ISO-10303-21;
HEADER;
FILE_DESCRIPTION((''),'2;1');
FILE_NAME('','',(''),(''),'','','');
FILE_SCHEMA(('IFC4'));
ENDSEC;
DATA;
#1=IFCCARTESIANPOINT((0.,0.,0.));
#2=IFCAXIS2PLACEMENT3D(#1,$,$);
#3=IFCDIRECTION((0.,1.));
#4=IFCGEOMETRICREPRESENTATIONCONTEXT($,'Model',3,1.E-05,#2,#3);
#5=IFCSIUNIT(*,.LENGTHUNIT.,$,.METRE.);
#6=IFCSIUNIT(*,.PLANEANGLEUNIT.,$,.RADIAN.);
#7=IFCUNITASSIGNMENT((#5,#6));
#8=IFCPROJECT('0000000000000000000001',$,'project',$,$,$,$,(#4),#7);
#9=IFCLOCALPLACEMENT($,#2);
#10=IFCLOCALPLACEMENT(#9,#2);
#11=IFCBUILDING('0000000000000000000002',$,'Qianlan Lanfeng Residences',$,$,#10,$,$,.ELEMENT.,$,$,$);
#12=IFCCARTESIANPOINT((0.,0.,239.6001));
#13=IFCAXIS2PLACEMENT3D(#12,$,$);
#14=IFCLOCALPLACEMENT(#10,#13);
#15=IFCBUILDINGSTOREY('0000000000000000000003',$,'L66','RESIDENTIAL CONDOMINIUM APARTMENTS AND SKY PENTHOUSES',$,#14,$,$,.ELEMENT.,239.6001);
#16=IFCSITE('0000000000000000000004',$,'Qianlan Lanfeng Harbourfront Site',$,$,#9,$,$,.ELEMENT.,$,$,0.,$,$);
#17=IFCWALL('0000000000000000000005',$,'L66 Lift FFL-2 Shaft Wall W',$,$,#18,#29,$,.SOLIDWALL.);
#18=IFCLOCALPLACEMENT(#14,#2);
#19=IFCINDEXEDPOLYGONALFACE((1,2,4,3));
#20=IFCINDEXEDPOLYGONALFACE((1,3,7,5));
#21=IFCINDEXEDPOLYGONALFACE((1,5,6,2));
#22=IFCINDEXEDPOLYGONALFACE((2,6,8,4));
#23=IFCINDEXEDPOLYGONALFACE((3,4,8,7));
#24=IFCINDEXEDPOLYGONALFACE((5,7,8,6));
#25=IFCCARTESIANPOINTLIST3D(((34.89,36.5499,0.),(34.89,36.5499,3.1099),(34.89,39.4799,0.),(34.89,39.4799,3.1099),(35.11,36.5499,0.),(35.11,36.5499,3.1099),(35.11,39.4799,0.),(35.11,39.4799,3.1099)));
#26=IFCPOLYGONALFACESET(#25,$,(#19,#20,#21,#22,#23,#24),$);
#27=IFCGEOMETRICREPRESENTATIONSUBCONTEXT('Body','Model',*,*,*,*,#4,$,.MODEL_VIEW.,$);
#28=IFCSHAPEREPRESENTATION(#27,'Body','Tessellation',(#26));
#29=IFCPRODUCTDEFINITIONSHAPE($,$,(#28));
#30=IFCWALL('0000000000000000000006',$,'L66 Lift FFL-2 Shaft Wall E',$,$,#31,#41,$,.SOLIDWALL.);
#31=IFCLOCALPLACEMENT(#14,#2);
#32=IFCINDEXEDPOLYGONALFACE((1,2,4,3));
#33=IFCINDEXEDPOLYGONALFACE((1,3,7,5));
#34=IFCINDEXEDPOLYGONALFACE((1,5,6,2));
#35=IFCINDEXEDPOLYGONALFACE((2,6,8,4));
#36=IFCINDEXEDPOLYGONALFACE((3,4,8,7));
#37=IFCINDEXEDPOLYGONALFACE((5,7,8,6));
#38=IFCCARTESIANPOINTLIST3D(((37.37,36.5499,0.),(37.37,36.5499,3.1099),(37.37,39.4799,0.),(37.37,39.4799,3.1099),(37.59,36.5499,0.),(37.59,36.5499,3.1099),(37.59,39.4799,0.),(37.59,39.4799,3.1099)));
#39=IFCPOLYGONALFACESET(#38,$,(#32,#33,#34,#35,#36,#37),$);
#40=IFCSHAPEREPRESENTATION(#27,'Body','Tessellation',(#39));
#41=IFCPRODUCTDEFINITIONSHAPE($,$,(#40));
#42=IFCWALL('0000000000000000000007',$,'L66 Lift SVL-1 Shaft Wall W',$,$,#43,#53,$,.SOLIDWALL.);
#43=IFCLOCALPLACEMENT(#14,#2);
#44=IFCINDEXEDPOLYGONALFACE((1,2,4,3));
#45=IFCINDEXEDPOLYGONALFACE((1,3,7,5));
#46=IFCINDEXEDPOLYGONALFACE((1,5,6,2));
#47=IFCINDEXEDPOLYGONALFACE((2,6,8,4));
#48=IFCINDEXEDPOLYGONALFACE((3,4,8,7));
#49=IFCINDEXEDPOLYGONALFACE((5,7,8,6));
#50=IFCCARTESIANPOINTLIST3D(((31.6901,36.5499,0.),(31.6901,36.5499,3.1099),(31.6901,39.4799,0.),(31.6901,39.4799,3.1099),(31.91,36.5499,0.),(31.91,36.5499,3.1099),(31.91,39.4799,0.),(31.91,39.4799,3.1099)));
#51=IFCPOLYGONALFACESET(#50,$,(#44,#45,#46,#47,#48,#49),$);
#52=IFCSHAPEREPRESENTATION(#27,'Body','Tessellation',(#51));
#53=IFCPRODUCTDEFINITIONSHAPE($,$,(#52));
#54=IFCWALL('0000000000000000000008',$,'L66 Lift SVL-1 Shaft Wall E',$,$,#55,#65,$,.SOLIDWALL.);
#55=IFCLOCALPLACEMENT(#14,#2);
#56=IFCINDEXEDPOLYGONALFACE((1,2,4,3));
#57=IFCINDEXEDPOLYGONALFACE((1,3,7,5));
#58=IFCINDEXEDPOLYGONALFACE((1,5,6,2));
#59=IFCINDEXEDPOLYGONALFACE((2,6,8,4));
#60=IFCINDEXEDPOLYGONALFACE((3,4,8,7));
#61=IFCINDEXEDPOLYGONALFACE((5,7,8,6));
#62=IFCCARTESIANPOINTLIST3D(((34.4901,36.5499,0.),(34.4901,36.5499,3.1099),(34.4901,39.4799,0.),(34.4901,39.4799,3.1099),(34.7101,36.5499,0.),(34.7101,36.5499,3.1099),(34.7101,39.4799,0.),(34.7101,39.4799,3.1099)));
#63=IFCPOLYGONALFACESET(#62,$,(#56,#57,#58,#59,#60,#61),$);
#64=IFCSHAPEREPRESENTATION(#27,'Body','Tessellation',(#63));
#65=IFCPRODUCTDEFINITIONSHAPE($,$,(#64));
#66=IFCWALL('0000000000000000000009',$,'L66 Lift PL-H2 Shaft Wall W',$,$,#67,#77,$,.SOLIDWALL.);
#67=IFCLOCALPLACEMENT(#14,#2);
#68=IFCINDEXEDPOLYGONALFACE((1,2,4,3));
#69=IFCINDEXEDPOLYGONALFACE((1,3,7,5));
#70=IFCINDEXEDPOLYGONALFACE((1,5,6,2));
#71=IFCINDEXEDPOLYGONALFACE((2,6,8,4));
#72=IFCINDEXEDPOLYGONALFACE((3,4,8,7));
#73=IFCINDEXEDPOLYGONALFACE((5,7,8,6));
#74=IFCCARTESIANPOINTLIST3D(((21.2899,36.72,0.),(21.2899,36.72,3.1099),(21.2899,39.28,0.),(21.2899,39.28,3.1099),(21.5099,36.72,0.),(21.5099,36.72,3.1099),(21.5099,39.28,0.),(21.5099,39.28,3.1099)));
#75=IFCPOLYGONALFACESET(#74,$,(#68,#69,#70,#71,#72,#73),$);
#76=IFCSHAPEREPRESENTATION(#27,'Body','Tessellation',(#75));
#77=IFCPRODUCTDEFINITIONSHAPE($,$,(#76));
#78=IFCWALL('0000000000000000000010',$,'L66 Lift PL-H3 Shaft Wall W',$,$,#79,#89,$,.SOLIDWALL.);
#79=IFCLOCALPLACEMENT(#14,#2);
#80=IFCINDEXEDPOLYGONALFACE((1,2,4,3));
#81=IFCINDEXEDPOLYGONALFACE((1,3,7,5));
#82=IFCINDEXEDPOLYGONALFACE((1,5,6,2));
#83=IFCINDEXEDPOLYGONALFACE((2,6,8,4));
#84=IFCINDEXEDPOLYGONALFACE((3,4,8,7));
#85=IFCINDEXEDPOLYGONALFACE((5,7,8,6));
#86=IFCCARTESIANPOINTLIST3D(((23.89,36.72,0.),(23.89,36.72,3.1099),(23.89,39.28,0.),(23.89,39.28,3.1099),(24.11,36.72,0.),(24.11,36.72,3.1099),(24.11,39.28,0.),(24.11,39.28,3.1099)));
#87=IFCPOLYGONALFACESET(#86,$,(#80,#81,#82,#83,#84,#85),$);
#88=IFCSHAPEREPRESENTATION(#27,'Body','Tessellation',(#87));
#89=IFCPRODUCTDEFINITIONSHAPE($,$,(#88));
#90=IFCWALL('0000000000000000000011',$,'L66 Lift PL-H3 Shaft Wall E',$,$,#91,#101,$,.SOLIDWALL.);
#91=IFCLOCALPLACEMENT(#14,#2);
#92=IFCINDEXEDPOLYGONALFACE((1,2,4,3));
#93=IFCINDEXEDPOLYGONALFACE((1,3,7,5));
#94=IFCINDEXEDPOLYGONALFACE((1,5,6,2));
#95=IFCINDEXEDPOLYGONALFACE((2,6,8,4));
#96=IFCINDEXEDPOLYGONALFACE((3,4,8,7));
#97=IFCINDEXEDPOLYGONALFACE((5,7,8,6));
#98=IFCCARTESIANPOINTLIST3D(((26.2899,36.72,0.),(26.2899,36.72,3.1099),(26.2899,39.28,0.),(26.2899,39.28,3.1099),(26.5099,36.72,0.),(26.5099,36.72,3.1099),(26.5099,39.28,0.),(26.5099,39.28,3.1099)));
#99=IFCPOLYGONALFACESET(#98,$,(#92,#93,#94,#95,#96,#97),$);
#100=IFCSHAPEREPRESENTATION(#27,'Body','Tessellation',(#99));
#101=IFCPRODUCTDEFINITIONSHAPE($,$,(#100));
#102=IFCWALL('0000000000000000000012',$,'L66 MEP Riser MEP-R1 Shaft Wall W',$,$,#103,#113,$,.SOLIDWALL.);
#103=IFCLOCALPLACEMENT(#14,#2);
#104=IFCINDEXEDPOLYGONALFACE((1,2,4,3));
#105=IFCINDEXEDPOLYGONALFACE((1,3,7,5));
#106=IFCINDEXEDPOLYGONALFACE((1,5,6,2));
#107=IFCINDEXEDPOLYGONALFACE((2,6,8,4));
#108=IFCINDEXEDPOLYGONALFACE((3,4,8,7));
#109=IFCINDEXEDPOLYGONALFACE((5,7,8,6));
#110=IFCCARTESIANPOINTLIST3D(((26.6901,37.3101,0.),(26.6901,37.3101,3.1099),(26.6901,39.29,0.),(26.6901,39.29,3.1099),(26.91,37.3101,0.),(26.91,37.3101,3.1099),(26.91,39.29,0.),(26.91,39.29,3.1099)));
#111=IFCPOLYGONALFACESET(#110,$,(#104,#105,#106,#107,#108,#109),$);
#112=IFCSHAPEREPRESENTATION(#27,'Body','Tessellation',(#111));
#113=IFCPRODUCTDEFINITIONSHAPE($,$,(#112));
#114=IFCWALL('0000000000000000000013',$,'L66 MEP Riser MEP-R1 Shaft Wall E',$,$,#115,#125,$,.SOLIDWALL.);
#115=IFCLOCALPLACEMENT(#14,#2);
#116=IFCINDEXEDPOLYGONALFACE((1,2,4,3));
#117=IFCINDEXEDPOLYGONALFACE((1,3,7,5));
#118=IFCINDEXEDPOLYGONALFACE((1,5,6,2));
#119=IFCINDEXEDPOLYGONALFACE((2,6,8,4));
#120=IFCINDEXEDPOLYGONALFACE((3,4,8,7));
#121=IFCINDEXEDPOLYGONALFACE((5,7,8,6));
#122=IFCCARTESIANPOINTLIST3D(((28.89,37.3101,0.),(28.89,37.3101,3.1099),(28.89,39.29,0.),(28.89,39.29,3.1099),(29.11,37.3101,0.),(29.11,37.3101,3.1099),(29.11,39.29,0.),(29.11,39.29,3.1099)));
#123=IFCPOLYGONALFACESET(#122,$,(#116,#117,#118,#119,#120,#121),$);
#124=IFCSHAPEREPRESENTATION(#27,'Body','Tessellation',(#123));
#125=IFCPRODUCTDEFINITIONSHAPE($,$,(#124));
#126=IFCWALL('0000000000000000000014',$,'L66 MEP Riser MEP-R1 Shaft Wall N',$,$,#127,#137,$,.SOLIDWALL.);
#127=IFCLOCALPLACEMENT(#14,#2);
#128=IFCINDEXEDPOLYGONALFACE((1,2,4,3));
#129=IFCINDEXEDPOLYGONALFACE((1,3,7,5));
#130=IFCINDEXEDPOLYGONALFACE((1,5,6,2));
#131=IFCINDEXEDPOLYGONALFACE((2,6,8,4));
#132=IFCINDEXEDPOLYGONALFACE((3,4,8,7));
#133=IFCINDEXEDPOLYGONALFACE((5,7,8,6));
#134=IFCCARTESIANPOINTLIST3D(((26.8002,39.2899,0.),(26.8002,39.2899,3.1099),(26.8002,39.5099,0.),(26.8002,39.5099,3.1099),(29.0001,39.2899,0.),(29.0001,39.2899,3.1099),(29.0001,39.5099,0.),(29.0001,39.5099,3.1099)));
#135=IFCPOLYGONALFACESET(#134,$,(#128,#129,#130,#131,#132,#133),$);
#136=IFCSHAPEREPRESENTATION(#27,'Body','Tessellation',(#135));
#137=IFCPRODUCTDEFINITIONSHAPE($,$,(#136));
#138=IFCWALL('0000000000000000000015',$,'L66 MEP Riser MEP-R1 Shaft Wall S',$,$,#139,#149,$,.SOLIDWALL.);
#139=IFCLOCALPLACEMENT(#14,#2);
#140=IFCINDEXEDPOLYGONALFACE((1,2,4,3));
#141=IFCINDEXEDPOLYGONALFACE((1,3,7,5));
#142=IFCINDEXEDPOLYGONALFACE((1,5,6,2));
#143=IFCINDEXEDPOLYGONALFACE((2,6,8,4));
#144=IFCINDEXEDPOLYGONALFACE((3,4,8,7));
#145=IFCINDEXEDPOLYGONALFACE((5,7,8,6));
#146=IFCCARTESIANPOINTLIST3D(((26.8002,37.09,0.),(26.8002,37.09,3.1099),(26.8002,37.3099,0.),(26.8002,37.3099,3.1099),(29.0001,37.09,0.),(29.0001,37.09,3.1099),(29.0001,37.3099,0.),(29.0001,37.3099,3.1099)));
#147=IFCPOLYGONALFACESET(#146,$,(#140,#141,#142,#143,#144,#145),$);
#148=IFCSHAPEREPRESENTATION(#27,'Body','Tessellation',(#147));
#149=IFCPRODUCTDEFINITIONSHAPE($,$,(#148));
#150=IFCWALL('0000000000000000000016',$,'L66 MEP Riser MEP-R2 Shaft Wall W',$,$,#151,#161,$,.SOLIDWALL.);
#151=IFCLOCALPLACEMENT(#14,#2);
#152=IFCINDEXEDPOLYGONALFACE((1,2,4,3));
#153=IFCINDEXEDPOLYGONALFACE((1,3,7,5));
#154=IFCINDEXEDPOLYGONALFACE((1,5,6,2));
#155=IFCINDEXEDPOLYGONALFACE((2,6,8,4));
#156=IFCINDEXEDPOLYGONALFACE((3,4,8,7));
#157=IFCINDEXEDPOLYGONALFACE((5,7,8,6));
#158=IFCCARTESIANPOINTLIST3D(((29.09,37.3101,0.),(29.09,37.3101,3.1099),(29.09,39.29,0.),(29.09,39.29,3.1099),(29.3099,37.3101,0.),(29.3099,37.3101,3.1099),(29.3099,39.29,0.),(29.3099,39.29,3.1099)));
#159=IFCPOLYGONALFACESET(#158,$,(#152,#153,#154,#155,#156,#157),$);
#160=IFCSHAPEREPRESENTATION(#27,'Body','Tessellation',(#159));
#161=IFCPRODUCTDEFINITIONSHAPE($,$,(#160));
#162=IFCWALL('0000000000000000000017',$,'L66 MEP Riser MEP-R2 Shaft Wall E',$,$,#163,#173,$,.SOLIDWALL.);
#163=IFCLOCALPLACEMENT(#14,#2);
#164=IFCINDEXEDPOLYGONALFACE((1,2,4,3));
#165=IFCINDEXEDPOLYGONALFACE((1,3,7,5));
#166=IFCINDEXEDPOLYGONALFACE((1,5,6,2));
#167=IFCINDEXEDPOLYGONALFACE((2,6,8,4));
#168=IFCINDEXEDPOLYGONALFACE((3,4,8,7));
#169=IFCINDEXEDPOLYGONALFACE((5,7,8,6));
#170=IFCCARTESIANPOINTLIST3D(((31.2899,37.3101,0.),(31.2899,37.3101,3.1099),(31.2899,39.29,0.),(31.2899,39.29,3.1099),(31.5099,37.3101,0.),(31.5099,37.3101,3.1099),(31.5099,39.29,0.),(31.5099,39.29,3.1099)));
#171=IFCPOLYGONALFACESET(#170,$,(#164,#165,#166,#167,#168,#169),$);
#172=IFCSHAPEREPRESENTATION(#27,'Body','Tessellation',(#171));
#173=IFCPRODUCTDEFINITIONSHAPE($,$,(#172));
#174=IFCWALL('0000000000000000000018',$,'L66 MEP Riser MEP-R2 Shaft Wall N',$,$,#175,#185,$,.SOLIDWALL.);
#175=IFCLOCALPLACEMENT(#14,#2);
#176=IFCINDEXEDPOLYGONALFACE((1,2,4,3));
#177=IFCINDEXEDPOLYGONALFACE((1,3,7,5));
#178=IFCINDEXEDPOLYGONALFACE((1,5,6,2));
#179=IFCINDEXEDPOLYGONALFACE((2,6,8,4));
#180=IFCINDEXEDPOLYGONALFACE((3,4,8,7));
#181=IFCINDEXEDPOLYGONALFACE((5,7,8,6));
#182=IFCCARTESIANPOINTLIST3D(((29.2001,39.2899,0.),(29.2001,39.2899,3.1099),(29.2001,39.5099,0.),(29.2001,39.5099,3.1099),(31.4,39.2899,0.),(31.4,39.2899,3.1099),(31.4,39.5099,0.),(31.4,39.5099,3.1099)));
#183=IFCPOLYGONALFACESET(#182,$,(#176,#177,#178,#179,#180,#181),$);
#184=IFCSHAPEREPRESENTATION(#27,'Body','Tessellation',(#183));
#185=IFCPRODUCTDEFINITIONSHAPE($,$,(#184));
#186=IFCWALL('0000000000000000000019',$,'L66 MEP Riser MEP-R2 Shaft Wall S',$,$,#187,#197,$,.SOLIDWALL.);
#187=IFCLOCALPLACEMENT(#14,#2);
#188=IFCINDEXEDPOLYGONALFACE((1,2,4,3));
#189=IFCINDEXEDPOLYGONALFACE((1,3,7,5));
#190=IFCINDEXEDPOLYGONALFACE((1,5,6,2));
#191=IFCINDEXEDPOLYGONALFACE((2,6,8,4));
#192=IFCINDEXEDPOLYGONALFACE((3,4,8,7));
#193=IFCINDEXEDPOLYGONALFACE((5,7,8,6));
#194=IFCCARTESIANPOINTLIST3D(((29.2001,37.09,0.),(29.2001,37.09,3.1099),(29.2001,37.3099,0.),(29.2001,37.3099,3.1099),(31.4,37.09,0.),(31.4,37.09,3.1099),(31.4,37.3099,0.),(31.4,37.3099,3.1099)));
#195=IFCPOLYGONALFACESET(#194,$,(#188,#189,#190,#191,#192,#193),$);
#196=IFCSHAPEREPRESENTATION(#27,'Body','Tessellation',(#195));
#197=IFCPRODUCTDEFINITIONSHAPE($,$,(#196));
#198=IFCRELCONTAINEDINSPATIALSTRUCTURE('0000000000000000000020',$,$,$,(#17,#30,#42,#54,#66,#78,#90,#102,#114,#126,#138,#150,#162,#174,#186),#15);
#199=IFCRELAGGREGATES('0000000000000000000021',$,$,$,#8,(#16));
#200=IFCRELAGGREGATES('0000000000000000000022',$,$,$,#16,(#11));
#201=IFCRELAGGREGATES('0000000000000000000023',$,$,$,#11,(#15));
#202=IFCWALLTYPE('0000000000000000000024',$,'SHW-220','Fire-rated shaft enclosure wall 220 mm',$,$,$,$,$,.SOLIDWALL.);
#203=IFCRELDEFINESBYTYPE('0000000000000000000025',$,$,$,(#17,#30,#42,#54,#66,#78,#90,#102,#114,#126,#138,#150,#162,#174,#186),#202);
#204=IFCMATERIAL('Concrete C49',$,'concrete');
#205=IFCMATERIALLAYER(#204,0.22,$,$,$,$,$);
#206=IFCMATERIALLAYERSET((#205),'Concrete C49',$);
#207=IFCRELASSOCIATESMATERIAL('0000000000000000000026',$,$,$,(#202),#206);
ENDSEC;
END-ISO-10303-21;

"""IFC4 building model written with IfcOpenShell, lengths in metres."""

from ifc_helpers import new_model, si_unit, direction, frame, frame_2d, origin, place, context, subcontext, project, spatial, rectangle, extrude, material, layer, layer_set, type_object, element, save


model = new_model("IFC4")

# Units and contexts
model_context = context("Model", 3, precision=1e-05, world=origin(), true_north=direction((0.0, 1.0)))
body_context = subcontext(model_context, "Body", "Model", "MODEL_VIEW")
ifc_project = project(units=[si_unit("LENGTHUNIT", "METRE"), si_unit("PLANEANGLEUNIT", "RADIAN")], contexts=[model_context])

# Site, building, storey
site_placement = place(None, origin())
site = spatial("IfcSite", under=ifc_project, at=site_placement, Name="Qianlan Lanfeng Harbourfront Site", CompositionType="ELEMENT", RefElevation=0.0)
building_placement = place(site_placement, origin())
building = spatial("IfcBuilding", under=site, at=building_placement, Name="Qianlan Lanfeng Residences", CompositionType="ELEMENT")
storey_placement = place(building_placement, frame((0.0, 0.0, 239.6001)))
storey = spatial("IfcBuildingStorey", under=building, at=storey_placement, Name="L66", Description="RESIDENTIAL CONDOMINIUM APARTMENTS AND SKY PENTHOUSES", CompositionType="ELEMENT", Elevation=239.6001)

# Walls
ifc_material = material(Name="Concrete C49", Category="concrete")
ifc_layer = layer(ifc_material, 0.22)
ifc_layer_set = layer_set([ifc_layer], Name="Concrete C49")
wall_type = type_object("IfcWallType", Name="SHW-220", Description="Fire-rated shaft enclosure wall 220 mm", PredefinedType="SOLIDWALL", material=ifc_layer_set)
for number, where, z_axis, x_axis, name in (
    (1, (35.0, 36.55, 0.0), (0.0, 0.0, 1.0), (0.0, 1.0, 0.0), "L66 Lift FFL-2 Shaft Wall W"),
    (2, (37.48, 36.55, 0.0), (0.0, 0.0, 1.0), (0.0, 1.0, 0.0), "L66 Lift FFL-2 Shaft Wall E"),
    (3, (31.8, 36.55, 0.0), (0.0, 0.0, 1.0), (0.0, 1.0, 0.0), "L66 Lift SVL-1 Shaft Wall W"),
    (4, (34.6001, 36.55, 0.0), (0.0, 0.0, 1.0), (0.0, 1.0, 0.0), "L66 Lift SVL-1 Shaft Wall E"),
):
    element("IfcWall", number, at=place(storey_placement, frame(where, z_axis=z_axis, x_axis=x_axis)), inside=storey, type_object=wall_type, Name=name, PredefinedType="SOLIDWALL", context=body_context, shape_type="SweptSolid", body=[
        extrude(rectangle(XDim=2.9299, YDim=0.22, at=frame_2d((1.4648, 0.0))), origin(), (0.0, 0.0, 1.0), 3.1099),
    ])
for number, where, z_axis, x_axis, name in (
    (5, (21.3999, 36.72, 0.0), (0.0, 0.0, 1.0), (0.0, 1.0, 0.0), "L66 Lift PL-H2 Shaft Wall W"),
    (6, (24.0, 36.72, 0.0), (0.0, 0.0, 1.0), (0.0, 1.0, 0.0), "L66 Lift PL-H3 Shaft Wall W"),
    (7, (26.3999, 36.72, 0.0), (0.0, 0.0, 1.0), (0.0, 1.0, 0.0), "L66 Lift PL-H3 Shaft Wall E"),
):
    element("IfcWall", number, at=place(storey_placement, frame(where, z_axis=z_axis, x_axis=x_axis)), inside=storey, type_object=wall_type, Name=name, PredefinedType="SOLIDWALL", context=body_context, shape_type="SweptSolid", body=[
        extrude(rectangle(XDim=2.5601, YDim=0.22, at=frame_2d((1.28, 0.0))), origin(), (0.0, 0.0, 1.0), 3.1099),
    ])
for number, where, z_axis, x_axis, name in (
    (8, (26.8, 37.3101, 0.0), (0.0, 0.0, 1.0), (0.0, 1.0, 0.0), "L66 MEP Riser MEP-R1 Shaft Wall W"),
    (9, (29.0, 37.3101, 0.0), (0.0, 0.0, 1.0), (0.0, 1.0, 0.0), "L66 MEP Riser MEP-R1 Shaft Wall E"),
):
    element("IfcWall", number, at=place(storey_placement, frame(where, z_axis=z_axis, x_axis=x_axis)), inside=storey, type_object=wall_type, Name=name, PredefinedType="SOLIDWALL", context=body_context, shape_type="SweptSolid", body=[
        extrude(rectangle(XDim=1.98, YDim=0.22, at=frame_2d((0.99, 0.0))), origin(), (0.0, 0.0, 1.0), 3.1099),
    ])
for number, where, z_axis, x_axis, name in (
    (10, (26.8, 39.3999, 0.0), (0.0, 0.0, 1.0), (1.0, 0.0, 0.0), "L66 MEP Riser MEP-R1 Shaft Wall N"),
    (11, (26.8, 37.2, 0.0), (0.0, 0.0, 1.0), (1.0, 0.0, 0.0), "L66 MEP Riser MEP-R1 Shaft Wall S"),
):
    element("IfcWall", number, at=place(storey_placement, frame(where, z_axis=z_axis, x_axis=x_axis)), inside=storey, type_object=wall_type, Name=name, PredefinedType="SOLIDWALL", context=body_context, shape_type="SweptSolid", body=[
        extrude(rectangle(XDim=2.2, YDim=0.22, at=frame_2d((1.1001, 0.0))), origin(), (0.0, 0.0, 1.0), 3.1099),
    ])
for number, where, z_axis, x_axis, name in (
    (12, (29.2, 37.3101, 0.0), (0.0, 0.0, 1.0), (0.0, 1.0, 0.0), "L66 MEP Riser MEP-R2 Shaft Wall W"),
    (13, (31.3999, 37.3101, 0.0), (0.0, 0.0, 1.0), (0.0, 1.0, 0.0), "L66 MEP Riser MEP-R2 Shaft Wall E"),
):
    element("IfcWall", number, at=place(storey_placement, frame(where, z_axis=z_axis, x_axis=x_axis)), inside=storey, type_object=wall_type, Name=name, PredefinedType="SOLIDWALL", context=body_context, shape_type="SweptSolid", body=[
        extrude(rectangle(XDim=1.98, YDim=0.22, at=frame_2d((0.99, 0.0))), origin(), (0.0, 0.0, 1.0), 3.1099),
    ])
for number, where, z_axis, x_axis, name in (
    (14, (29.2, 39.3999, 0.0), (0.0, 0.0, 1.0), (1.0, 0.0, 0.0), "L66 MEP Riser MEP-R2 Shaft Wall N"),
    (15, (29.2, 37.2, 0.0), (0.0, 0.0, 1.0), (1.0, 0.0, 0.0), "L66 MEP Riser MEP-R2 Shaft Wall S"),
):
    element("IfcWall", number, at=place(storey_placement, frame(where, z_axis=z_axis, x_axis=x_axis)), inside=storey, type_object=wall_type, Name=name, PredefinedType="SOLIDWALL", context=body_context, shape_type="SweptSolid", body=[
        extrude(rectangle(XDim=2.2, YDim=0.22, at=frame_2d((1.1001, 0.0))), origin(), (0.0, 0.0, 1.0), 3.1099),
    ])

save(model, "model.ifc")
